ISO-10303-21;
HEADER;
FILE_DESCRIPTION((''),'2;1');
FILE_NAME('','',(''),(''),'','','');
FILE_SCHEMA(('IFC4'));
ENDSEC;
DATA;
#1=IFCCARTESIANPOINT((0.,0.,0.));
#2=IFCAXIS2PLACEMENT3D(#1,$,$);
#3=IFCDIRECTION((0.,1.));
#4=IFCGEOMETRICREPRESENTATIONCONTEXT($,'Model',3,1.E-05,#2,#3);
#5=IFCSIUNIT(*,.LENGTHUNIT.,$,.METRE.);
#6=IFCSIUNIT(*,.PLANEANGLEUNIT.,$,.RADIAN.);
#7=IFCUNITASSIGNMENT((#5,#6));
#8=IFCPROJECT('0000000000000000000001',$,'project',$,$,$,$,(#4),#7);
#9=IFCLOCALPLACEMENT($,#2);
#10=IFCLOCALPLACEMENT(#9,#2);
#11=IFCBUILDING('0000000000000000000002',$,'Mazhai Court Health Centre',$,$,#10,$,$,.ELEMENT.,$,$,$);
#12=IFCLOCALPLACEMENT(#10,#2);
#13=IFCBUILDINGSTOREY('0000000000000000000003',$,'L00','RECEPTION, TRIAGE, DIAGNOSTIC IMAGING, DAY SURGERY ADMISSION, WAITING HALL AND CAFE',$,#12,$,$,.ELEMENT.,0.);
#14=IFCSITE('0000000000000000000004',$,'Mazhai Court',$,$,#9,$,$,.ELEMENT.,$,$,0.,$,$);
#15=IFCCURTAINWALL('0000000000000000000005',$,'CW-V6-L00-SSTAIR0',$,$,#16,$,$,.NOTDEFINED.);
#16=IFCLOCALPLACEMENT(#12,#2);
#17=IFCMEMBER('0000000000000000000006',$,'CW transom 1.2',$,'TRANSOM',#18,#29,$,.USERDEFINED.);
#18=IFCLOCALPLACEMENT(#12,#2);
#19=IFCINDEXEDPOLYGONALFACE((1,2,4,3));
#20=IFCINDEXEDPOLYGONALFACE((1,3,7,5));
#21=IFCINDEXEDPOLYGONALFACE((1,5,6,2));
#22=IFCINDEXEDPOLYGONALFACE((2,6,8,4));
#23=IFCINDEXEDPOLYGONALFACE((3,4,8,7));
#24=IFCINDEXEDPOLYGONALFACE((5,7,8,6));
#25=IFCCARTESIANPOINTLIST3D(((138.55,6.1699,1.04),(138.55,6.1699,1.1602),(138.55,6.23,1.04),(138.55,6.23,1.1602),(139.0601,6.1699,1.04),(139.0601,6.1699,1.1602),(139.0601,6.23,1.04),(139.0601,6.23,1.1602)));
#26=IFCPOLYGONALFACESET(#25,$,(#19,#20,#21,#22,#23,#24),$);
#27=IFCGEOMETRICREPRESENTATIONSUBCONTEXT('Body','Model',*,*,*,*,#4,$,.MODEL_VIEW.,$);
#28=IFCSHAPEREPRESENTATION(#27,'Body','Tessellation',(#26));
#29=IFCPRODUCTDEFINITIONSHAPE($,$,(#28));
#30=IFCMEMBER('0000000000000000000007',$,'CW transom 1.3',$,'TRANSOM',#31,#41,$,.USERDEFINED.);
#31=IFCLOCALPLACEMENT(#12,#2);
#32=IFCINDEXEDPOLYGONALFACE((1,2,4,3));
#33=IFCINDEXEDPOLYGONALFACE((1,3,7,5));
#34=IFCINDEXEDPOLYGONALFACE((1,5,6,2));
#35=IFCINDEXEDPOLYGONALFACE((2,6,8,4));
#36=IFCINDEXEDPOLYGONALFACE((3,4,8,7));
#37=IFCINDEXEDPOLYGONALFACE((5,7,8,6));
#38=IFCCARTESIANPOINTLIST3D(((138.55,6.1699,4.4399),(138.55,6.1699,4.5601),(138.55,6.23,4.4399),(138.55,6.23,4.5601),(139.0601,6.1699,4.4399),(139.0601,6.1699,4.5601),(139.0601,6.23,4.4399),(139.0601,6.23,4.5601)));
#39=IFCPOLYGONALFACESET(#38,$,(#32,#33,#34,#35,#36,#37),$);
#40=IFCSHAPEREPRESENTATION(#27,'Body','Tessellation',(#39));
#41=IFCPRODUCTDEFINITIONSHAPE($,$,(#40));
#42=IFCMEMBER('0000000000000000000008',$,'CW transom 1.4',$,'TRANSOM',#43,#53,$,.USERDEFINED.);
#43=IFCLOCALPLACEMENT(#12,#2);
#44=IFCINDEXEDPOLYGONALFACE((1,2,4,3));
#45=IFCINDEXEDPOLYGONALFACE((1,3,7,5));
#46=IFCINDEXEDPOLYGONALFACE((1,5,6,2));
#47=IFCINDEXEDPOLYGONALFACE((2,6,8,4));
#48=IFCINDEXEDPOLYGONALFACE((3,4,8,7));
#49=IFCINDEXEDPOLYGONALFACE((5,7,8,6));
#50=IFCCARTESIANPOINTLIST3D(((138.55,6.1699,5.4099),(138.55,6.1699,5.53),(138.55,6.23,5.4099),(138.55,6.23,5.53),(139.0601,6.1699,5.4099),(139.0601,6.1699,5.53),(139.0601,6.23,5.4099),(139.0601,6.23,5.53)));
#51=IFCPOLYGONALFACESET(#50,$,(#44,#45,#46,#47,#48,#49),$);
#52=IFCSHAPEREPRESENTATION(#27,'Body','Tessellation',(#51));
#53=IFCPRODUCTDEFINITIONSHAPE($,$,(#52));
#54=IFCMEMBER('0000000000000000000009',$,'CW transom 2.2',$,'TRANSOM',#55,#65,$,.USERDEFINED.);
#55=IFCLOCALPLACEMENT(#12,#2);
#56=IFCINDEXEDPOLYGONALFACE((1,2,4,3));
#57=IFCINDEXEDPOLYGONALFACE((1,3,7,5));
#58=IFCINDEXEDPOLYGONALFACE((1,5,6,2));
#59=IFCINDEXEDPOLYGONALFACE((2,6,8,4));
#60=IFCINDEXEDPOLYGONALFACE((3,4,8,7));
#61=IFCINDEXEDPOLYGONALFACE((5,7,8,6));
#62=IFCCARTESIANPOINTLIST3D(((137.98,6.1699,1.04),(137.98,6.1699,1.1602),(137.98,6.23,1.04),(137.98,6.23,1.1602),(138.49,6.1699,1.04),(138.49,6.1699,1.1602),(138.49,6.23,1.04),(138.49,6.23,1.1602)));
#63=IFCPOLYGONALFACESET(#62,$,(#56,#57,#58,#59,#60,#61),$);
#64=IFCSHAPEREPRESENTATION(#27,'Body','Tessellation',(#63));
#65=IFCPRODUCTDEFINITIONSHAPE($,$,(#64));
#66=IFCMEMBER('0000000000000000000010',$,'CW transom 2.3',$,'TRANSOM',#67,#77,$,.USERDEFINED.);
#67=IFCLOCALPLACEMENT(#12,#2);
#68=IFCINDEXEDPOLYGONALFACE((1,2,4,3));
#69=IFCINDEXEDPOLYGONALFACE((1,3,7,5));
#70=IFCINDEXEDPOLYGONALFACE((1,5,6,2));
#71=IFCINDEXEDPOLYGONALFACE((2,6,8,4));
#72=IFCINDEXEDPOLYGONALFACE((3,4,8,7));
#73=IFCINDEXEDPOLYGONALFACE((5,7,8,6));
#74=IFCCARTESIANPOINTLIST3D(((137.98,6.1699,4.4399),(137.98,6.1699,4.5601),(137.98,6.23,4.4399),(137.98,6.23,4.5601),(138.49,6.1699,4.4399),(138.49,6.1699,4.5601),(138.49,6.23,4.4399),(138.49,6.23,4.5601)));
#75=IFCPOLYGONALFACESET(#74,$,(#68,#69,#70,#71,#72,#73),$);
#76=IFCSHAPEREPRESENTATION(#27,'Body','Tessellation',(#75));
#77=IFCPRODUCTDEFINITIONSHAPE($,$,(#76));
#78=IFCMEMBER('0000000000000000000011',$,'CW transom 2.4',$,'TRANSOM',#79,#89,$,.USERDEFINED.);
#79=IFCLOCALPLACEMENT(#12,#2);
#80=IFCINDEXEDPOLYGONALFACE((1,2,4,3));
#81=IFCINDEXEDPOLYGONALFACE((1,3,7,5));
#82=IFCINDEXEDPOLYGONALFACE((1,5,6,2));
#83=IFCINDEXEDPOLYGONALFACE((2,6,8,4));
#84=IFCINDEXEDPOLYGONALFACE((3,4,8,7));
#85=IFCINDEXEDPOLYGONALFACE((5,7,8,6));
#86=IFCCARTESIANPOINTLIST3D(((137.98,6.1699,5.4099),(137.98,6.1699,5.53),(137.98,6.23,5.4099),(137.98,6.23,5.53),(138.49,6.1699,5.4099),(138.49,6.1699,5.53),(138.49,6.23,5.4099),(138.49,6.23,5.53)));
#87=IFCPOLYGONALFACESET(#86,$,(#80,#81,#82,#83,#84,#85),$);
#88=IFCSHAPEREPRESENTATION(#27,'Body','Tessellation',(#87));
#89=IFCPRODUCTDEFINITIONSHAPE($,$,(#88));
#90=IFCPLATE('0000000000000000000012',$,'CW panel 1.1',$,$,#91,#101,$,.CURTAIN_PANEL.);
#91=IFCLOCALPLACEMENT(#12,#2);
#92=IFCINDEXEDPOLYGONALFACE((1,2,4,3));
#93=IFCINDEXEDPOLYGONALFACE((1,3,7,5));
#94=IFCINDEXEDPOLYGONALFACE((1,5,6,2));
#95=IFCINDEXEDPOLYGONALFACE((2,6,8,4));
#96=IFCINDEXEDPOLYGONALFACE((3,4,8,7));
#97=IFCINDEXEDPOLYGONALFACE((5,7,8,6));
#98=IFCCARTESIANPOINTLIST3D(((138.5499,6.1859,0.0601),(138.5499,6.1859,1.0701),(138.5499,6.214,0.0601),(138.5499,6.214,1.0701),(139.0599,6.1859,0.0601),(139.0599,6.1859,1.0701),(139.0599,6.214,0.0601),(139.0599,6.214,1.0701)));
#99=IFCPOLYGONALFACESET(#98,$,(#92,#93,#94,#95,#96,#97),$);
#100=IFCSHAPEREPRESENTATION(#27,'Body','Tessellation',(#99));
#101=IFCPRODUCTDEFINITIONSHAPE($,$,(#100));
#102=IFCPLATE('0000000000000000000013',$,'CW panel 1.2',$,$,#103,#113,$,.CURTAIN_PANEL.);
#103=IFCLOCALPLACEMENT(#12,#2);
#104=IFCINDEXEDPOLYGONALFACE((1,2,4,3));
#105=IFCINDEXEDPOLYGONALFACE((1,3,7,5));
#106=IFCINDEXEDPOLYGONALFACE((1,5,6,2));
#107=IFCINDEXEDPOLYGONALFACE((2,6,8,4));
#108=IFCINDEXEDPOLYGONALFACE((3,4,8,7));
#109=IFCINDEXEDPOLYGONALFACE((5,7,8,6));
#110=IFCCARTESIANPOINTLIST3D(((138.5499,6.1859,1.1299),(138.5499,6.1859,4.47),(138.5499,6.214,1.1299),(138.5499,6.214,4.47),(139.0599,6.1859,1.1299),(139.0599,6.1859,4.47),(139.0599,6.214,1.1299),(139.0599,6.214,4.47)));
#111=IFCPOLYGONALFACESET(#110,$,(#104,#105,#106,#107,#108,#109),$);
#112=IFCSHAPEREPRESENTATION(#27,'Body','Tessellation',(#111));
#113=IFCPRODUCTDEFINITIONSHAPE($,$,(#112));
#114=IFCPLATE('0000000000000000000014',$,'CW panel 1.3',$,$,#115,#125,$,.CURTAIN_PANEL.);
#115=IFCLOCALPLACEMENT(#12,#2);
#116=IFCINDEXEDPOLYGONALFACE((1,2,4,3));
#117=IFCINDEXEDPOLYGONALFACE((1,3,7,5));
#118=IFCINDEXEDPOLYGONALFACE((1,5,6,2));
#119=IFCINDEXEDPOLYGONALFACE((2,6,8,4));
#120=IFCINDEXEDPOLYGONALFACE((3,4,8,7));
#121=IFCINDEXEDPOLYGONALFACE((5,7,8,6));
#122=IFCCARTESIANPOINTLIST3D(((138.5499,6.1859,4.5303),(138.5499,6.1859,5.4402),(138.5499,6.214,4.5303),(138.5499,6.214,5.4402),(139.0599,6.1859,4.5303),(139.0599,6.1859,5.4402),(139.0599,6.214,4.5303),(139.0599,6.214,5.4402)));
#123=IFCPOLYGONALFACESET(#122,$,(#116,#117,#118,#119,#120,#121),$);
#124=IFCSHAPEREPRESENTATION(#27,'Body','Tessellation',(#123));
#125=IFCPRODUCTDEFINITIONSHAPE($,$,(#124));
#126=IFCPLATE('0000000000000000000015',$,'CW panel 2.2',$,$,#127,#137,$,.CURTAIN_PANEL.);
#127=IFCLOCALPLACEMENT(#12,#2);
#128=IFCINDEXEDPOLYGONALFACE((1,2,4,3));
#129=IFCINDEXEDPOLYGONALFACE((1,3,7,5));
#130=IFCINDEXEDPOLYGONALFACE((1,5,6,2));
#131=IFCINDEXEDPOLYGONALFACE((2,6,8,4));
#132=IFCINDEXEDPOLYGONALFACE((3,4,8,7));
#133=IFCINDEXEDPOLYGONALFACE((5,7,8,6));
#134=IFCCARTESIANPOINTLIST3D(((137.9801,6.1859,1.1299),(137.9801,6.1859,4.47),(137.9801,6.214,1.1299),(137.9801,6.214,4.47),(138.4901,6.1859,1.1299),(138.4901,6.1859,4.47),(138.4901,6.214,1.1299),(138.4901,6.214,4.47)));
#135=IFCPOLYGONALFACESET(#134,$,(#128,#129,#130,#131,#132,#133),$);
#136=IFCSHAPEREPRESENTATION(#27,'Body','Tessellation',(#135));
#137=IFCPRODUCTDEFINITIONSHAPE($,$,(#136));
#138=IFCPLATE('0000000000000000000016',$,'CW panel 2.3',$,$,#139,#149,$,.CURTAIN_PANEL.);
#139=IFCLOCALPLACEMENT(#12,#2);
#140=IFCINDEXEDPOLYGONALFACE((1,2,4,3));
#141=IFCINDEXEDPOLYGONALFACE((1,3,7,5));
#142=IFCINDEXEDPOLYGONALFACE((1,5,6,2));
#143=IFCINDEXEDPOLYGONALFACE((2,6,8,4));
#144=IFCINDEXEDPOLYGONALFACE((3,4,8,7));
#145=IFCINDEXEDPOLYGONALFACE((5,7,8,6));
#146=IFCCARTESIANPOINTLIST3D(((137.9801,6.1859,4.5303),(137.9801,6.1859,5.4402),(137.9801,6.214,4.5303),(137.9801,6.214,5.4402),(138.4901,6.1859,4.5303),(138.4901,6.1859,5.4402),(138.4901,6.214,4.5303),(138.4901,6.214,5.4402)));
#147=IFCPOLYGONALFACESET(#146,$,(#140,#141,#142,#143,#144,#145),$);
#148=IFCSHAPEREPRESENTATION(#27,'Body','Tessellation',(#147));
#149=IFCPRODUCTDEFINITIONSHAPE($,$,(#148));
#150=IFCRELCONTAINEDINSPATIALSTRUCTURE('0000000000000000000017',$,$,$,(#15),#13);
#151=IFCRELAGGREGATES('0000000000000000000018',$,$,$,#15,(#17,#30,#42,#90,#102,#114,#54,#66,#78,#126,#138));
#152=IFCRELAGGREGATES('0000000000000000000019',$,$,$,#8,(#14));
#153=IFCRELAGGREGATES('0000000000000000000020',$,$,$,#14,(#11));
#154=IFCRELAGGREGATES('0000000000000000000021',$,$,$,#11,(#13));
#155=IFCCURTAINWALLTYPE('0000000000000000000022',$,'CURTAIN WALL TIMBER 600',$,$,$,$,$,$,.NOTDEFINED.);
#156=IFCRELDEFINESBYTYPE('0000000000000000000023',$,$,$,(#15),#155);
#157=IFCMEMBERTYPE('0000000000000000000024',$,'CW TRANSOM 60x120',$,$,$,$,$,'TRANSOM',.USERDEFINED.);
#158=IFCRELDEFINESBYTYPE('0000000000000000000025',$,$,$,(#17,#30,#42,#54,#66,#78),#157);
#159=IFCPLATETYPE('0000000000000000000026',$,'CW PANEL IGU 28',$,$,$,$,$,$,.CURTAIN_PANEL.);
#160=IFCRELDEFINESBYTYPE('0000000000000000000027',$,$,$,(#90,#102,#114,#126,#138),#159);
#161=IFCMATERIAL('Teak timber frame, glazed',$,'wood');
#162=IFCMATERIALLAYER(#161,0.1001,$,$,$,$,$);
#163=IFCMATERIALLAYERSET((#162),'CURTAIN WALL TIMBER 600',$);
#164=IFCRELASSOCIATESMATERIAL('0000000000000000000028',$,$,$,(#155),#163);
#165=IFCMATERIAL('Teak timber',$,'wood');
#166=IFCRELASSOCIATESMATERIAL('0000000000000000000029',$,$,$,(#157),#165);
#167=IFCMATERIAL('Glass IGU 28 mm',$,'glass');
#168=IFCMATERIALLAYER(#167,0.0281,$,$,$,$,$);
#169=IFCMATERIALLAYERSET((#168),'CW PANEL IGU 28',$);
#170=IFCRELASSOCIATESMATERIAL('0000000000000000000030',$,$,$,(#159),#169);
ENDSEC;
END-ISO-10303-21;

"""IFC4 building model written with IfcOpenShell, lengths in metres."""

from ifc_helpers import new_model, si_unit, direction, frame, origin, origin_2d, place, context, subcontext, project, spatial, rectangle, extrude, material, layer, layer_set, material_profile, profile_set, type_object, element, aggregate, save


model = new_model("IFC4")

# Units and contexts
model_context = context("Model", 3, precision=1e-05, world=origin(), true_north=direction((0.0, 1.0)))
body_context = subcontext(model_context, "Body", "Model", "MODEL_VIEW")
ifc_project = project(units=[si_unit("LENGTHUNIT", "METRE"), si_unit("PLANEANGLEUNIT", "RADIAN")], contexts=[model_context])

# Site, building, storey
site_placement = place(None, origin())
site = spatial("IfcSite", under=ifc_project, at=site_placement, Name="Mazhai Court", CompositionType="ELEMENT", RefElevation=0.0)
building_placement = place(site_placement, origin())
building = spatial("IfcBuilding", under=site, at=building_placement, Name="Mazhai Court Health Centre", CompositionType="ELEMENT")
storey_placement = place(building_placement, origin())
storey = spatial("IfcBuildingStorey", under=building, at=storey_placement, Name="L00", Description="RECEPTION, TRIAGE, DIAGNOSTIC IMAGING, DAY SURGERY ADMISSION, WAITING HALL AND CAFE", CompositionType="ELEMENT", Elevation=0.0)

# Curtain wall, members, plates
ifc_material_1 = material(Name="Teak timber frame, glazed", Category="wood")
ifc_layer_1 = layer(ifc_material_1, 0.1001)
ifc_layer_set_1 = layer_set([ifc_layer_1], Name="CURTAIN WALL TIMBER 600")
curtain_wall_type = type_object("IfcCurtainWallType", Name="CURTAIN WALL TIMBER 600", PredefinedType="NOTDEFINED", material=ifc_layer_set_1)
curtain_wall_placement = place(storey_placement, origin())
curtain_wall = element("IfcCurtainWall", 1, at=curtain_wall_placement, inside=storey, type_object=curtain_wall_type, Name="CW-V6-L00-SSTAIR0", PredefinedType="NOTDEFINED")
ifc_material_2 = material(Name="Teak timber", Category="wood")
ifc_material_profile = material_profile(ifc_material_2, rectangle(XDim=0.0601, YDim=0.1201, at=origin_2d()), Name="CW TRANSOM 60x120")
ifc_profile_set = profile_set([ifc_material_profile], Name="Teak timber")
member_type = type_object("IfcMemberType", Name="CW TRANSOM 60x120", ElementType="TRANSOM", PredefinedType="USERDEFINED", material=ifc_profile_set)
member_1_placement = place(storey_placement, frame((139.0601, 6.2, 1.1001), z_axis=(-1.0, 0.0, 0.0), x_axis=(0.0, -1.0, 0.0)))
member_1 = element("IfcMember", 2, at=member_1_placement, type_object=member_type, Name="CW transom 1.2", ObjectType="TRANSOM", PredefinedType="USERDEFINED", context=body_context, shape_type="SweptSolid", body=[
    extrude(rectangle(XDim=0.0601, YDim=0.1201, at=origin_2d()), origin(), (0.0, 0.0, 1.0), 0.51),
])
member_2_placement = place(storey_placement, frame((139.0601, 6.2, 4.5), z_axis=(-1.0, 0.0, 0.0), x_axis=(0.0, -1.0, 0.0)))
member_2 = element("IfcMember", 3, at=member_2_placement, type_object=member_type, Name="CW transom 1.3", ObjectType="TRANSOM", PredefinedType="USERDEFINED", context=body_context, shape_type="SweptSolid", body=[
    extrude(rectangle(XDim=0.0601, YDim=0.1201, at=origin_2d()), origin(), (0.0, 0.0, 1.0), 0.51),
])
member_3_placement = place(storey_placement, frame((139.0601, 6.2, 5.47), z_axis=(-1.0, 0.0, 0.0), x_axis=(0.0, -1.0, 0.0)))
member_3 = element("IfcMember", 4, at=member_3_placement, type_object=member_type, Name="CW transom 1.4", ObjectType="TRANSOM", PredefinedType="USERDEFINED", context=body_context, shape_type="SweptSolid", body=[
    extrude(rectangle(XDim=0.0601, YDim=0.1201, at=origin_2d()), origin(), (0.0, 0.0, 1.0), 0.51),
])
member_4_placement = place(storey_placement, frame((138.49, 6.2, 1.1001), z_axis=(-1.0, 0.0, 0.0), x_axis=(0.0, -1.0, 0.0)))
member_4 = element("IfcMember", 5, at=member_4_placement, type_object=member_type, Name="CW transom 2.2", ObjectType="TRANSOM", PredefinedType="USERDEFINED", context=body_context, shape_type="SweptSolid", body=[
    extrude(rectangle(XDim=0.0601, YDim=0.1201, at=origin_2d()), origin(), (0.0, 0.0, 1.0), 0.51),
])
member_5_placement = place(storey_placement, frame((138.49, 6.2, 4.5), z_axis=(-1.0, 0.0, 0.0), x_axis=(0.0, -1.0, 0.0)))
member_5 = element("IfcMember", 6, at=member_5_placement, type_object=member_type, Name="CW transom 2.3", ObjectType="TRANSOM", PredefinedType="USERDEFINED", context=body_context, shape_type="SweptSolid", body=[
    extrude(rectangle(XDim=0.0601, YDim=0.1201, at=origin_2d()), origin(), (0.0, 0.0, 1.0), 0.51),
])
member_6_placement = place(storey_placement, frame((138.49, 6.2, 5.47), z_axis=(-1.0, 0.0, 0.0), x_axis=(0.0, -1.0, 0.0)))
member_6 = element("IfcMember", 7, at=member_6_placement, type_object=member_type, Name="CW transom 2.4", ObjectType="TRANSOM", PredefinedType="USERDEFINED", context=body_context, shape_type="SweptSolid", body=[
    extrude(rectangle(XDim=0.0601, YDim=0.1201, at=origin_2d()), origin(), (0.0, 0.0, 1.0), 0.51),
])
ifc_material_3 = material(Name="Glass IGU 28 mm", Category="glass")
ifc_layer_2 = layer(ifc_material_3, 0.0281)
ifc_layer_set_2 = layer_set([ifc_layer_2], Name="CW PANEL IGU 28")
plate_type = type_object("IfcPlateType", Name="CW PANEL IGU 28", PredefinedType="CURTAIN_PANEL", material=ifc_layer_set_2)
plate_1_placement = place(storey_placement, frame((138.8049, 6.2, 0.0601), z_axis=(0.0, 0.0, 1.0), x_axis=(-1.0, 0.0, 0.0)))
plate_1 = element("IfcPlate", 8, at=plate_1_placement, type_object=plate_type, Name="CW panel 1.1", PredefinedType="CURTAIN_PANEL", context=body_context, shape_type="SweptSolid", body=[
    extrude(rectangle(XDim=0.51, YDim=0.0281, at=origin_2d()), origin(), (0.0, 0.0, 1.0), 1.01),
])
plate_2_placement = place(storey_placement, frame((138.8049, 6.2, 1.1299), z_axis=(0.0, 0.0, 1.0), x_axis=(-1.0, 0.0, 0.0)))
plate_2 = element("IfcPlate", 9, at=plate_2_placement, type_object=plate_type, Name="CW panel 1.2", PredefinedType="CURTAIN_PANEL", context=body_context, shape_type="SweptSolid", body=[
    extrude(rectangle(XDim=0.51, YDim=0.0281, at=origin_2d()), origin(), (0.0, 0.0, 1.0), 3.3401),
])
plate_3_placement = place(storey_placement, frame((138.8049, 6.2, 4.5303), z_axis=(0.0, 0.0, 1.0), x_axis=(-1.0, 0.0, 0.0)))
plate_3 = element("IfcPlate", 10, at=plate_3_placement, type_object=plate_type, Name="CW panel 1.3", PredefinedType="CURTAIN_PANEL", context=body_context, shape_type="SweptSolid", body=[
    extrude(rectangle(XDim=0.51, YDim=0.0281, at=origin_2d()), origin(), (0.0, 0.0, 1.0), 0.9099),
])
plate_4_placement = place(storey_placement, frame((138.2351, 6.2, 1.1299), z_axis=(0.0, 0.0, 1.0), x_axis=(-1.0, 0.0, 0.0)))
plate_4 = element("IfcPlate", 11, at=plate_4_placement, type_object=plate_type, Name="CW panel 2.2", PredefinedType="CURTAIN_PANEL", context=body_context, shape_type="SweptSolid", body=[
    extrude(rectangle(XDim=0.51, YDim=0.0281, at=origin_2d()), origin(), (0.0, 0.0, 1.0), 3.3401),
])
plate_5_placement = place(storey_placement, frame((138.2351, 6.2, 4.5303), z_axis=(0.0, 0.0, 1.0), x_axis=(-1.0, 0.0, 0.0)))
plate_5 = element("IfcPlate", 12, at=plate_5_placement, type_object=plate_type, Name="CW panel 2.3", PredefinedType="CURTAIN_PANEL", context=body_context, shape_type="SweptSolid", body=[
    extrude(rectangle(XDim=0.51, YDim=0.0281, at=origin_2d()), origin(), (0.0, 0.0, 1.0), 0.9099),
])
aggregate(curtain_wall, [member_1, member_2, member_3, plate_1, plate_2, plate_3, member_4, member_5, member_6, plate_4, plate_5])

save(model, "model.ifc")
